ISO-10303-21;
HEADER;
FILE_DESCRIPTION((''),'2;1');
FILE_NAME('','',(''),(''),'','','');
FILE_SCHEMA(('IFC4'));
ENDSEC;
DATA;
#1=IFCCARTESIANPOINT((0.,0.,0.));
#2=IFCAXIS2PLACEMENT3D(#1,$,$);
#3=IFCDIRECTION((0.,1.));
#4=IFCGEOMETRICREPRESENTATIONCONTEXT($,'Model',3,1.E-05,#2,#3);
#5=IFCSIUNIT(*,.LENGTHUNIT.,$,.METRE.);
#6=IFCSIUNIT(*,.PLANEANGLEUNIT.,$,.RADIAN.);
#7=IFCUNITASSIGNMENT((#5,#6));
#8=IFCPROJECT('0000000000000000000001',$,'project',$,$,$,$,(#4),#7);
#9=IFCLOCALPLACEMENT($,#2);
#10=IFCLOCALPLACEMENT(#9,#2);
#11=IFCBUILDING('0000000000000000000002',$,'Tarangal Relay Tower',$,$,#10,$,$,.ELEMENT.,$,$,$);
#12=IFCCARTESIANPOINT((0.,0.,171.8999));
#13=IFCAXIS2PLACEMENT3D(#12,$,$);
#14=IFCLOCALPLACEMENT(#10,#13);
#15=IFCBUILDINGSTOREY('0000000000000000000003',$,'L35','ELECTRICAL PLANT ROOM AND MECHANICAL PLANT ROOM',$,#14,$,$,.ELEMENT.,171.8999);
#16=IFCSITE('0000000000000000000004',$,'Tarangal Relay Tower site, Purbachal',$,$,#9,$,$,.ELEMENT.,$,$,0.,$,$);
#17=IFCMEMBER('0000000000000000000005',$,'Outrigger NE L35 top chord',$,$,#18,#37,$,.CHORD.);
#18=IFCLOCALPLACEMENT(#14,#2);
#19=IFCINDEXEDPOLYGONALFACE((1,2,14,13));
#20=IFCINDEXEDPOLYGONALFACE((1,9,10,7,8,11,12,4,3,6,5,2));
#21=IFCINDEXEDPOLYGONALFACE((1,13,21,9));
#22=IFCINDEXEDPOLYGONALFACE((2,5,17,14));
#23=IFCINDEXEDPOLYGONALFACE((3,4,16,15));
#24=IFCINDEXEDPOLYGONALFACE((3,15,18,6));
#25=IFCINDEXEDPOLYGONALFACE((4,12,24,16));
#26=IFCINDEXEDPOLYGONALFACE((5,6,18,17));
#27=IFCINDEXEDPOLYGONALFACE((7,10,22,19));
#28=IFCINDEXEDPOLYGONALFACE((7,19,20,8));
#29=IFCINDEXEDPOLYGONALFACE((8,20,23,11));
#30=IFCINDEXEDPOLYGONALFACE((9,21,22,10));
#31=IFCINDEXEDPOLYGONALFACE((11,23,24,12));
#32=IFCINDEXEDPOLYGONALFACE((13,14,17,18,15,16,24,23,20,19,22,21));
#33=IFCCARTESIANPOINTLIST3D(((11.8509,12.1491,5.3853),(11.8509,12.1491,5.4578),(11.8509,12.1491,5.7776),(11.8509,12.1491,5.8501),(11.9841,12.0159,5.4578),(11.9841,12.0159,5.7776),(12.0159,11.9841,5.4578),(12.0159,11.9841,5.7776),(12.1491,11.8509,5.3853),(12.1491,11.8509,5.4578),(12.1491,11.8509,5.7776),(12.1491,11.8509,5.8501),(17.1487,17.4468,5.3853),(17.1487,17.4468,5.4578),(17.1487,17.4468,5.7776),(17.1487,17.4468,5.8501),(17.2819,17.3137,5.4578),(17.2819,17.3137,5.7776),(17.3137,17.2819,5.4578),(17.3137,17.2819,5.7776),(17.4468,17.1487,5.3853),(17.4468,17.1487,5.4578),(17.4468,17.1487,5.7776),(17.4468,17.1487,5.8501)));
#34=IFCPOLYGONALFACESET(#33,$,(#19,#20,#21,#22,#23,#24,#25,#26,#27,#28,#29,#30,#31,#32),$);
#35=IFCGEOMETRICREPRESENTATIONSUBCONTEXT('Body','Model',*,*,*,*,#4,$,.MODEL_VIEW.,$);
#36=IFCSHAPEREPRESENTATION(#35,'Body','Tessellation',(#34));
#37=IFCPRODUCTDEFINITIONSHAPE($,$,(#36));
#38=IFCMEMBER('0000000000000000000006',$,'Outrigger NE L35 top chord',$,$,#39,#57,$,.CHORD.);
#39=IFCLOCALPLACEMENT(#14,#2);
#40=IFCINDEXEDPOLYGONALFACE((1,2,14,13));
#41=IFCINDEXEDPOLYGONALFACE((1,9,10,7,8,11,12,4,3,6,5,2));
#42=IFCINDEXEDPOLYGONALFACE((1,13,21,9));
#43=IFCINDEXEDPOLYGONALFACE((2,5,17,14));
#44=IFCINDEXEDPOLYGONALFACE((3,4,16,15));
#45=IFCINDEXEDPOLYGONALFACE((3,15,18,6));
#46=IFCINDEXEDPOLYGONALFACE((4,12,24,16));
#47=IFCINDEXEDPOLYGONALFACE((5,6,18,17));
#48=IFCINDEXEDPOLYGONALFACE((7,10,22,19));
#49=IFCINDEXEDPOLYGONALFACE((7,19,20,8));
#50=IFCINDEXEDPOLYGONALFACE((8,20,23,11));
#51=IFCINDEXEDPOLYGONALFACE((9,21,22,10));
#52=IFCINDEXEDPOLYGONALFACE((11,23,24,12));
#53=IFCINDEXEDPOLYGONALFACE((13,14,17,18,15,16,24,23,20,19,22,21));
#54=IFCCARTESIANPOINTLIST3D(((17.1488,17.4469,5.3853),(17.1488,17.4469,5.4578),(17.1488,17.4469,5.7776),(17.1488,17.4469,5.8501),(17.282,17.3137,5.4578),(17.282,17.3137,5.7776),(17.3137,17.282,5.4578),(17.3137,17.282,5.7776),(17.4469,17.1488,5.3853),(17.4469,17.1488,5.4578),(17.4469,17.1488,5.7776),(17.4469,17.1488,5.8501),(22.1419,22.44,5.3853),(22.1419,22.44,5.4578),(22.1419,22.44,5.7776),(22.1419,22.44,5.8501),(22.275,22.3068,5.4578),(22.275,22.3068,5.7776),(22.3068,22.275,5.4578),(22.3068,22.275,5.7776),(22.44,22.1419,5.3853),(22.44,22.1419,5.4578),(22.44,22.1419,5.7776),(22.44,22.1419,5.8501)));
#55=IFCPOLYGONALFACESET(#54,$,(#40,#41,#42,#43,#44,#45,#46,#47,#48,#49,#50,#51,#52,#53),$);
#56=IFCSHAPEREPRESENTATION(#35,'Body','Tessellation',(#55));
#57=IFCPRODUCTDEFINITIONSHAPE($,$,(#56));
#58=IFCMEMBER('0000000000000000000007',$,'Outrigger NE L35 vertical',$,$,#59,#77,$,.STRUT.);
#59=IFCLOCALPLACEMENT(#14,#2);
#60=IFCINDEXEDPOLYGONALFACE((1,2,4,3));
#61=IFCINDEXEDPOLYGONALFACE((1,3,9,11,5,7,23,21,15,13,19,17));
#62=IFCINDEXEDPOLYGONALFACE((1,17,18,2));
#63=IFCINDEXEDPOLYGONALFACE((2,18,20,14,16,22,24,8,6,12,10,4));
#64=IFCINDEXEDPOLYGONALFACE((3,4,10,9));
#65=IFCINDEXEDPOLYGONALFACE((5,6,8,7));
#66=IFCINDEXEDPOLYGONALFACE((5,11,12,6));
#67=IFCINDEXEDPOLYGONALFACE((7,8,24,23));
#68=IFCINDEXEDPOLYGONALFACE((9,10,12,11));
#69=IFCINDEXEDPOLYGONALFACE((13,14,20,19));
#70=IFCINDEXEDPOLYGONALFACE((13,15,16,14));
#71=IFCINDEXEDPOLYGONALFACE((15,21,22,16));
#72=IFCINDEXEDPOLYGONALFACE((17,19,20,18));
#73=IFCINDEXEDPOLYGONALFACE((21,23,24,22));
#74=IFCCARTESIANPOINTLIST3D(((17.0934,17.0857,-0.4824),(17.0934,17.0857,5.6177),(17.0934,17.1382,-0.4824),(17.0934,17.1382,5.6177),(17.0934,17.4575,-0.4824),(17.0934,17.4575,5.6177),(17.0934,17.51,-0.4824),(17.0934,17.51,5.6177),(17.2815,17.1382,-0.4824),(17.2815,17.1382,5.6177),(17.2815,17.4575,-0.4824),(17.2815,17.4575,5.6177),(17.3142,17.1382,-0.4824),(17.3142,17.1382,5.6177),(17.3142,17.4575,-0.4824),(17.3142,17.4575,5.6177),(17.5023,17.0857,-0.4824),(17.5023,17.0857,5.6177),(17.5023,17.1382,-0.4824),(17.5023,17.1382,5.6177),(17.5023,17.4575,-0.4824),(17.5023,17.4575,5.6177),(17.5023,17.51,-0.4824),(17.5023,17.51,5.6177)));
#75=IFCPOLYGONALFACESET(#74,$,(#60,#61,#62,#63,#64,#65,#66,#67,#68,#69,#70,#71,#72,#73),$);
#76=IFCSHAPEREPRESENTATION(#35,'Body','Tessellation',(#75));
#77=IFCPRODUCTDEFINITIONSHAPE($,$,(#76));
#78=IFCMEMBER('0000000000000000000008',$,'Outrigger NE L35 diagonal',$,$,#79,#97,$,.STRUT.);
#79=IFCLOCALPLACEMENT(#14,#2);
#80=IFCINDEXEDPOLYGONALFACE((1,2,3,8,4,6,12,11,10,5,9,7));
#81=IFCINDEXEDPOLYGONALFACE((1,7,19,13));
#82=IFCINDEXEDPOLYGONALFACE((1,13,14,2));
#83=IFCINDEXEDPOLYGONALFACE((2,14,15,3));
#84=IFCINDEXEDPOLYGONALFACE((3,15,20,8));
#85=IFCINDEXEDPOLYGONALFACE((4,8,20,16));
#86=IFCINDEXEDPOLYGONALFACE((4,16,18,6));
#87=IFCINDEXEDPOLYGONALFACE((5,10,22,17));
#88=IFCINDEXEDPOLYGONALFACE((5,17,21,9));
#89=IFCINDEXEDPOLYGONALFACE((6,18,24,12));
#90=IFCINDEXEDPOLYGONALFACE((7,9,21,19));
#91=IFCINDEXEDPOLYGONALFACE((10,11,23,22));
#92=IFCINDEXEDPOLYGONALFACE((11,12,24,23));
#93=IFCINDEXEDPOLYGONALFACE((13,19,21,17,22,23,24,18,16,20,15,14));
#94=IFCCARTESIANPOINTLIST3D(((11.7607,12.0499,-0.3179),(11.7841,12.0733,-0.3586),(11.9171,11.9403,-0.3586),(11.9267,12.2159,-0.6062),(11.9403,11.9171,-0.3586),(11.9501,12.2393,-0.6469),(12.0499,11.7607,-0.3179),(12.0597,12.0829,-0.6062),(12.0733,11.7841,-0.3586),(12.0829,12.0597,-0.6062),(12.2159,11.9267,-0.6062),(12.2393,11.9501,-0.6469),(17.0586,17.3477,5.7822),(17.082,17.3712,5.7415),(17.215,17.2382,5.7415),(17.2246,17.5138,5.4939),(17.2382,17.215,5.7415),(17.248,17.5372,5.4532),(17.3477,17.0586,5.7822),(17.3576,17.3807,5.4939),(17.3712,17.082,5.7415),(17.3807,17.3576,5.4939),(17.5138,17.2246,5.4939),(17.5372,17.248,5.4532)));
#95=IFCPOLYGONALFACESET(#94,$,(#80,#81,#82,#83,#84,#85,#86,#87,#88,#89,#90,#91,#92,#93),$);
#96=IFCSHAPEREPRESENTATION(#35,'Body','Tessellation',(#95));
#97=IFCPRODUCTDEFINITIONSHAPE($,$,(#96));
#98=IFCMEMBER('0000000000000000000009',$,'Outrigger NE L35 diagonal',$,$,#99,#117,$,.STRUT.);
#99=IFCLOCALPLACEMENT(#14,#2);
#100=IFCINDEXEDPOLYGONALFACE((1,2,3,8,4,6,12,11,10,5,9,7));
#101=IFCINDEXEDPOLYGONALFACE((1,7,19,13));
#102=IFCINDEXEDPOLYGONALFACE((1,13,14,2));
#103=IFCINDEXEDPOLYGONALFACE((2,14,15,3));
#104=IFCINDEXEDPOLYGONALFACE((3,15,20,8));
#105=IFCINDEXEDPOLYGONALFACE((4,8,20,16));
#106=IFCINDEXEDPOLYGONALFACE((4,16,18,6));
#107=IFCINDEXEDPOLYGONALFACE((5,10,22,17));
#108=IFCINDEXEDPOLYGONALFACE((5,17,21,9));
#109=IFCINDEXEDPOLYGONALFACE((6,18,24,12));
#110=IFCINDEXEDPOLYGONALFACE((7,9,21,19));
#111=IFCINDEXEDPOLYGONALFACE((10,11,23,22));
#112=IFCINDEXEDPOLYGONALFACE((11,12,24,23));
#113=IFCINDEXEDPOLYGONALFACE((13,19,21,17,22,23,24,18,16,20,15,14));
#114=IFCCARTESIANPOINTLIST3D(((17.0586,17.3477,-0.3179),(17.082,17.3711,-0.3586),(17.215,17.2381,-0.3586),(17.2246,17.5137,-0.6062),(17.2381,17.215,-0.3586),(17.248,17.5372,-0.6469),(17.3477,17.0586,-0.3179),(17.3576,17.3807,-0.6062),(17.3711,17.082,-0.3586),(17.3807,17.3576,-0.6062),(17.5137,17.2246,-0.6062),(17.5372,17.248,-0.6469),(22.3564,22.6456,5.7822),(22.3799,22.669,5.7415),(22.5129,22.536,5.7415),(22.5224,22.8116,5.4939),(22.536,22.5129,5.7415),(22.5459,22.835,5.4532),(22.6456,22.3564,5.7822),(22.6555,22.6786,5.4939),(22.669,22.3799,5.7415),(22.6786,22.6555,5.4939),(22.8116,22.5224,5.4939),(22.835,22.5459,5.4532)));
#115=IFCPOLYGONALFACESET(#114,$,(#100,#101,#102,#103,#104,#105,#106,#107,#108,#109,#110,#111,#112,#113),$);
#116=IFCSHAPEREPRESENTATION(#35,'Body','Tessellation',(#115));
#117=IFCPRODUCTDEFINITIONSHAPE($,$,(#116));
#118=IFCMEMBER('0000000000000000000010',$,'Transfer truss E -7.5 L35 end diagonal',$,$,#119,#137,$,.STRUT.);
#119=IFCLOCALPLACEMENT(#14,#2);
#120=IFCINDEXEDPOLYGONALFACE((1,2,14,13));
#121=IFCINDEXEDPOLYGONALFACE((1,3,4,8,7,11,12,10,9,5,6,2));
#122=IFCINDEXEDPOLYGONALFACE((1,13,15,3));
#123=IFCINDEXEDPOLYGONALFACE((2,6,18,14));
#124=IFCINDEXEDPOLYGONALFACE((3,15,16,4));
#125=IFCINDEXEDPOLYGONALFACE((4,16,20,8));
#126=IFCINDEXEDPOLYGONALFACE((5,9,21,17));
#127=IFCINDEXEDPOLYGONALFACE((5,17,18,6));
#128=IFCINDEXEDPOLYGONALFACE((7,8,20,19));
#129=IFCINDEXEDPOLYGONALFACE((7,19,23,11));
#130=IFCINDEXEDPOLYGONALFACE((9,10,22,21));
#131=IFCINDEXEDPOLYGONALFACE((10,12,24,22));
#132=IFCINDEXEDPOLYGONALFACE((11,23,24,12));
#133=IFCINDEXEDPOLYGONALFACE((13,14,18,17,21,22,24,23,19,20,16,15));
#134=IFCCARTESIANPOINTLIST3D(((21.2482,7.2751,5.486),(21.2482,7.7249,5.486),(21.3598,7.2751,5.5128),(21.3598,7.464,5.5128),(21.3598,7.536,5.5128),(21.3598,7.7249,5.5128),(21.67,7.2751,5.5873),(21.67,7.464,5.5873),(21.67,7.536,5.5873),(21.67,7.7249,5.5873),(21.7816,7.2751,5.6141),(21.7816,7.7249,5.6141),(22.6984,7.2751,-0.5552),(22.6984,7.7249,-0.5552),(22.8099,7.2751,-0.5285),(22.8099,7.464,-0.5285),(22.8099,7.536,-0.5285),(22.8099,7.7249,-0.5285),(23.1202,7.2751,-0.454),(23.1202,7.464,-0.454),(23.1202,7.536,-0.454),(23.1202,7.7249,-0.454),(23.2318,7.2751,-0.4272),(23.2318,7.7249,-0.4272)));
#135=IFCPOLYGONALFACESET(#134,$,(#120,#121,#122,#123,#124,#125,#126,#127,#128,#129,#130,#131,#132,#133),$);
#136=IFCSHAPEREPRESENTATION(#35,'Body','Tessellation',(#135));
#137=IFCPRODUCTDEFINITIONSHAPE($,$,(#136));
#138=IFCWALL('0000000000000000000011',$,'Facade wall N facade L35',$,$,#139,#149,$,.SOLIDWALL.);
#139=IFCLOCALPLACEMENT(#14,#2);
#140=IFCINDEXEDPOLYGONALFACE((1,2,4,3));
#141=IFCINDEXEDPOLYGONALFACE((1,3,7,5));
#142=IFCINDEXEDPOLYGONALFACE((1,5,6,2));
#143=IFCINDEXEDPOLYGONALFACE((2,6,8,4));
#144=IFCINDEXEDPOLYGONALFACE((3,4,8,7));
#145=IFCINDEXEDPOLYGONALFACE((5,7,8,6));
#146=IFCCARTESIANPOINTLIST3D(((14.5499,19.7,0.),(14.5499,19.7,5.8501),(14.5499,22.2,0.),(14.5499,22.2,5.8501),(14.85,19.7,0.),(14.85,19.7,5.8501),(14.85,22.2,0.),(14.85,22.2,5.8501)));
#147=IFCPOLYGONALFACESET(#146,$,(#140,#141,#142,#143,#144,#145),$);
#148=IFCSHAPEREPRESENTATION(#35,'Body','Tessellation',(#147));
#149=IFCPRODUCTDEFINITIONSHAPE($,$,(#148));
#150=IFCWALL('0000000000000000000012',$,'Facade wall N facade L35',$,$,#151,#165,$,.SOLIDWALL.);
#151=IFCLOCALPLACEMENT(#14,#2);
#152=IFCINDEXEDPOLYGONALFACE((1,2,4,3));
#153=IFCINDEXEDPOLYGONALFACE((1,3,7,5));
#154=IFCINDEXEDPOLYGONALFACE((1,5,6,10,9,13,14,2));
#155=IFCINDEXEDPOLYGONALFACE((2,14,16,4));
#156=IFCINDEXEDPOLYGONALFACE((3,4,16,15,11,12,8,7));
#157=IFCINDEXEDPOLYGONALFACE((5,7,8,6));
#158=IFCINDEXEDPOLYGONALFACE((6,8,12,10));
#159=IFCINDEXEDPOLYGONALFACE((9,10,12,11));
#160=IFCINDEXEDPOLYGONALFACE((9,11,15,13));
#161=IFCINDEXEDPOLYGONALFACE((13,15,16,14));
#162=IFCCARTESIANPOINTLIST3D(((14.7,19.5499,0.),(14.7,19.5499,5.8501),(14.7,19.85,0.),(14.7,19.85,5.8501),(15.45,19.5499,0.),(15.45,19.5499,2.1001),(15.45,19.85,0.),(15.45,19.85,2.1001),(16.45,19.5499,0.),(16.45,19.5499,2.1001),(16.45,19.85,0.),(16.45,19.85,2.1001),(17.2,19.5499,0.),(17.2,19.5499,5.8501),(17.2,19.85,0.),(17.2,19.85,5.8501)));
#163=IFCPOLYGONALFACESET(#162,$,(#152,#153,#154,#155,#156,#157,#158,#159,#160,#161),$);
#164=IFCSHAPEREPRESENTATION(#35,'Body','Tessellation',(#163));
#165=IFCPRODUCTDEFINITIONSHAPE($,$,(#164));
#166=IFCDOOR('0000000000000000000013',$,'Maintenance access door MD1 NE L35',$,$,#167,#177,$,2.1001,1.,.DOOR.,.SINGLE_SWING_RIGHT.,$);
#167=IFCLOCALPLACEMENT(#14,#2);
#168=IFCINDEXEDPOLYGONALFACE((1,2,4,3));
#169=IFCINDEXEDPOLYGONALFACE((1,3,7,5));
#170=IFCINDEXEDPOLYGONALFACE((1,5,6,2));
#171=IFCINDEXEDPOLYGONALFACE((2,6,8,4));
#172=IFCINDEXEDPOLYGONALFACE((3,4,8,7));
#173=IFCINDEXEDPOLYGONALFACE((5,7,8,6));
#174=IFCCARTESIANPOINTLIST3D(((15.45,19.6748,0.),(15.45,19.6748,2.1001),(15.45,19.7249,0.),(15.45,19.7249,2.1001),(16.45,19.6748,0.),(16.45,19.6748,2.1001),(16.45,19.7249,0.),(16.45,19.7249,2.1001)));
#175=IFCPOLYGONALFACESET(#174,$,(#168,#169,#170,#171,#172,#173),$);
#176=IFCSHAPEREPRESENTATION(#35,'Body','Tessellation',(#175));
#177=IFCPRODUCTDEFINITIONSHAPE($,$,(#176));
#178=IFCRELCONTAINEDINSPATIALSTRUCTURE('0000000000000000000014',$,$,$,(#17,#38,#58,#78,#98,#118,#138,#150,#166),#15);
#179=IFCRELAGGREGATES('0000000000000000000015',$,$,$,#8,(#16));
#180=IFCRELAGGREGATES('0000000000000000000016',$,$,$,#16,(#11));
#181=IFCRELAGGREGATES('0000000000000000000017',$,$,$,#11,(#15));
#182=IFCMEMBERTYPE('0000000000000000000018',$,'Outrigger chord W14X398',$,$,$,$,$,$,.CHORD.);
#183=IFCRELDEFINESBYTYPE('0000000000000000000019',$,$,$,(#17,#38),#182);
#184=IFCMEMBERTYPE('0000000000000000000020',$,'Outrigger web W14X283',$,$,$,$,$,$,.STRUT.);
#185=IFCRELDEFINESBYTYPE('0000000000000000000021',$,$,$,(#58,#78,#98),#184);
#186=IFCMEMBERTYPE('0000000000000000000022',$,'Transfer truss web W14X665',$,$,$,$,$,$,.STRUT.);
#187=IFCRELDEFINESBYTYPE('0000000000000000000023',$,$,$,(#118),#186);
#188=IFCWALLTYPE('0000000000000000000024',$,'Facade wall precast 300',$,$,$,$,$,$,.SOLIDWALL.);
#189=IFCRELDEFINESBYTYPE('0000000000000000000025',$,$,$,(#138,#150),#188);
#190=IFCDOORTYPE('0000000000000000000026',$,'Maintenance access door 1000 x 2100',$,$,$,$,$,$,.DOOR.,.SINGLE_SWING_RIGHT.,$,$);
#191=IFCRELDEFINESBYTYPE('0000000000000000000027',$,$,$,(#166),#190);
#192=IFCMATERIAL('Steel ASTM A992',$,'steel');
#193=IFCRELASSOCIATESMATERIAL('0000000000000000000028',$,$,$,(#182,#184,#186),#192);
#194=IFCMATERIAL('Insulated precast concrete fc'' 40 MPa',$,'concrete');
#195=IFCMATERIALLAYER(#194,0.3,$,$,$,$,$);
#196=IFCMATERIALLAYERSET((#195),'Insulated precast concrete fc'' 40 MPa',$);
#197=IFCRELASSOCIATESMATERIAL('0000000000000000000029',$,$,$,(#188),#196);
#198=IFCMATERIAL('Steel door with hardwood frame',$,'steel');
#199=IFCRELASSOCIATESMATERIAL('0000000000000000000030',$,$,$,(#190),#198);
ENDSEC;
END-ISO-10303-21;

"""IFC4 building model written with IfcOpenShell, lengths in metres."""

from ifc_helpers import new_model, si_unit, direction, frame, frame_2d, origin, origin_2d, place, context, subcontext, project, spatial, rectangle, i_section, extrude, clip, halfspace, material, layer, layer_set, material_profile, profile_set, type_object, element, fill, save


model = new_model("IFC4")

# Units and contexts
model_context = context("Model", 3, precision=1e-05, world=origin(), true_north=direction((0.0, 1.0)))
body_context = subcontext(model_context, "Body", "Model", "MODEL_VIEW")
ifc_project = project(units=[si_unit("LENGTHUNIT", "METRE"), si_unit("PLANEANGLEUNIT", "RADIAN")], contexts=[model_context])

# Site, building, storey
site_placement = place(None, origin())
site = spatial("IfcSite", under=ifc_project, at=site_placement, Name="Tarangal Relay Tower site, Purbachal", CompositionType="ELEMENT", RefElevation=0.0)
building_placement = place(site_placement, origin())
building = spatial("IfcBuilding", under=site, at=building_placement, Name="Tarangal Relay Tower", CompositionType="ELEMENT")
storey_placement = place(building_placement, frame((0.0, 0.0, 171.8999)))
storey = spatial("IfcBuildingStorey", under=building, at=storey_placement, Name="L35", Description="ELECTRICAL PLANT ROOM AND MECHANICAL PLANT ROOM", CompositionType="ELEMENT", Elevation=171.8999)

# Shared definitions
ifc_material_1 = material(Name="Steel ASTM A992", Category="steel")

# Members
ifc_material_profile_1 = material_profile(ifc_material_1, i_section(OverallWidth=0.4216, OverallDepth=0.4648, WebThickness=0.0449, FlangeThickness=0.0725, at=origin_2d()), Name="W14X398")
ifc_profile_set_1 = profile_set([ifc_material_profile_1], Name="Steel ASTM A992")
member_type_1 = type_object("IfcMemberType", Name="Outrigger chord W14X398", PredefinedType="CHORD", material=ifc_profile_set_1)
member_1_placement = place(storey_placement, frame((12.0, 12.0, 5.6177), z_axis=(0.707107, 0.707107, 0.0), x_axis=(-0.707107, 0.707107, 0.0)))
element("IfcMember", 1, at=member_1_placement, inside=storey, type_object=member_type_1, Name="Outrigger NE L35 top chord", PredefinedType="CHORD", context=body_context, shape_type="SweptSolid", body=[
    extrude(i_section(OverallWidth=0.4216, OverallDepth=0.4648, WebThickness=0.0449, FlangeThickness=0.0725, at=origin_2d()), origin(), (0.0, 0.0, 1.0), 7.4922),
])
member_2_placement = place(storey_placement, frame((17.2979, 17.2979, 5.6177), z_axis=(0.707107, 0.707107, 0.0), x_axis=(-0.707107, 0.707107, 0.0)))
element("IfcMember", 2, at=member_2_placement, inside=storey, type_object=member_type_1, Name="Outrigger NE L35 top chord", PredefinedType="CHORD", context=body_context, shape_type="Clipping", body=[
    clip(extrude(i_section(OverallWidth=0.4216, OverallDepth=0.4648, WebThickness=0.0449, FlangeThickness=0.0725, at=origin_2d()), origin(), (0.0, 0.0, 1.0), 7.4922), halfspace(frame((0.0, 0.0, 7.0613)), False)),
])
ifc_material_profile_2 = material_profile(ifc_material_1, i_section(OverallWidth=0.4089, OverallDepth=0.4243, WebThickness=0.0327, FlangeThickness=0.0525, at=origin_2d()), Name="W14X283")
ifc_profile_set_2 = profile_set([ifc_material_profile_2], Name="Steel ASTM A992")
member_type_2 = type_object("IfcMemberType", Name="Outrigger web W14X283", PredefinedType="STRUT", material=ifc_profile_set_2)
member_3_placement = place(storey_placement, frame((17.2979, 17.2979, -0.4824), z_axis=(0.0, 0.0, 1.0), x_axis=(1.0, 0.0, 0.0)))
element("IfcMember", 3, at=member_3_placement, inside=storey, type_object=member_type_2, Name="Outrigger NE L35 vertical", PredefinedType="STRUT", context=body_context, shape_type="SweptSolid", body=[
    extrude(i_section(OverallWidth=0.4089, OverallDepth=0.4243, WebThickness=0.0327, FlangeThickness=0.0525, at=origin_2d()), origin(), (0.0, 0.0, 1.0), 6.1001),
])
for number, where, z_axis, x_axis, name in (
    (4, (12.0, 12.0, -0.4824), (0.548344, 0.548344, 0.631378), (-0.707107, 0.707107, 0.0), "Outrigger NE L35 diagonal"),
    (5, (17.2979, 17.2979, -0.4824), (0.548344, 0.548344, 0.631378), (-0.707107, 0.707107, 0.0), "Outrigger NE L35 diagonal"),
):
    element("IfcMember", number, at=place(storey_placement, frame(where, z_axis=z_axis, x_axis=x_axis)), inside=storey, type_object=member_type_2, Name=name, PredefinedType="STRUT", context=body_context, shape_type="SweptSolid", body=[
        extrude(i_section(OverallWidth=0.4089, OverallDepth=0.4243, WebThickness=0.0327, FlangeThickness=0.0525, at=origin_2d()), origin(), (0.0, 0.0, 1.0), 9.6616),
    ])
ifc_material_profile_3 = material_profile(ifc_material_1, i_section(OverallWidth=0.4497, OverallDepth=0.5486, WebThickness=0.072, FlangeThickness=0.1147, at=origin_2d()), Name="W14X665")
ifc_profile_set_3 = profile_set([ifc_material_profile_3], Name="Steel ASTM A992")
member_type_3 = type_object("IfcMemberType", Name="Transfer truss web W14X665", PredefinedType="STRUT", material=ifc_profile_set_3)
member_4_placement = place(storey_placement, frame((22.9651, 7.5, -0.4912), z_axis=(-0.233418, 0.0, 0.972377), x_axis=(0.0, -1.0, 0.0)))
element("IfcMember", 6, at=member_4_placement, inside=storey, type_object=member_type_3, Name="Transfer truss E -7.5 L35 end diagonal", PredefinedType="STRUT", context=body_context, shape_type="SweptSolid", body=[
    extrude(i_section(OverallWidth=0.4497, OverallDepth=0.5486, WebThickness=0.072, FlangeThickness=0.1147, at=origin_2d()), origin(), (0.0, 0.0, 1.0), 6.2129),
])

# Wall
ifc_material_2 = material(Name="Insulated precast concrete fc' 40 MPa", Category="concrete")
ifc_layer_1 = layer(ifc_material_2, 0.3)
ifc_layer_set_1 = layer_set([ifc_layer_1], Name="Insulated precast concrete fc' 40 MPa")
wall_type_1 = type_object("IfcWallType", Name="Facade wall precast 300", PredefinedType="SOLIDWALL", material=ifc_layer_set_1)
wall_1_placement = place(storey_placement, frame((14.7, 22.2, 0.0), z_axis=(0.0, 0.0, 1.0), x_axis=(0.0, -1.0, 0.0)))
element("IfcWall", 7, at=wall_1_placement, inside=storey, type_object=wall_type_1, Name="Facade wall N facade L35", PredefinedType="SOLIDWALL", context=body_context, shape_type="SweptSolid", body=[
    extrude(rectangle(XDim=2.5, YDim=0.3, at=frame_2d((1.25, 0.0))), origin(), (0.0, 0.0, 1.0), 5.8501),
])

# Wall, opening, door
wall_2_placement = place(storey_placement, frame((14.7, 19.7, 0.0), z_axis=(0.0, 0.0, 1.0), x_axis=(1.0, 0.0, 0.0)))
wall_2 = element("IfcWall", 8, at=wall_2_placement, inside=storey, type_object=wall_type_1, Name="Facade wall N facade L35", PredefinedType="SOLIDWALL", context=body_context, shape_type="SweptSolid", body=[
    extrude(rectangle(XDim=2.5, YDim=0.3, at=frame_2d((1.25, 0.0))), origin(), (0.0, 0.0, 1.0), 5.8501),
])
opening_1_placement = place(wall_2_placement, frame((0.75, 0.0, 0.0)))
opening_1 = element("IfcOpeningElement", 9, at=opening_1_placement, cuts=wall_2, PredefinedType="OPENING", context=body_context, shape_type="SweptSolid", body=[
    extrude(rectangle(XDim=1.0, YDim=2.1001, at=frame_2d((0.5, 1.05))), frame((0.0, 0.1599, 0.0), z_axis=(0.0, -1.0, 0.0), x_axis=(1.0, 0.0, 0.0)), (0.0, 0.0, 1.0), 0.3201),
])
ifc_material_3 = material(Name="Steel door with hardwood frame", Category="steel")
door_type = type_object("IfcDoorType", Name="Maintenance access door 1000 x 2100", OperationType="SINGLE_SWING_RIGHT", PredefinedType="DOOR", material=ifc_material_3)
door_placement = place(opening_1_placement, origin())
door = element("IfcDoor", 10, at=door_placement, inside=storey, type_object=door_type, Name="Maintenance access door MD1 NE L35", OperationType="SINGLE_SWING_RIGHT", OverallHeight=2.1001, OverallWidth=1.0, PredefinedType="DOOR", context=body_context, shape_type="SweptSolid", body=[
    extrude(rectangle(XDim=1.0, YDim=2.1001, at=frame_2d((0.5, 1.05))), frame((0.0, 0.0249, 0.0), z_axis=(0.0, -1.0, 0.0), x_axis=(1.0, 0.0, 0.0)), (0.0, 0.0, 1.0), 0.05),
])
fill(opening_1, door)

save(model, "model.ifc")
